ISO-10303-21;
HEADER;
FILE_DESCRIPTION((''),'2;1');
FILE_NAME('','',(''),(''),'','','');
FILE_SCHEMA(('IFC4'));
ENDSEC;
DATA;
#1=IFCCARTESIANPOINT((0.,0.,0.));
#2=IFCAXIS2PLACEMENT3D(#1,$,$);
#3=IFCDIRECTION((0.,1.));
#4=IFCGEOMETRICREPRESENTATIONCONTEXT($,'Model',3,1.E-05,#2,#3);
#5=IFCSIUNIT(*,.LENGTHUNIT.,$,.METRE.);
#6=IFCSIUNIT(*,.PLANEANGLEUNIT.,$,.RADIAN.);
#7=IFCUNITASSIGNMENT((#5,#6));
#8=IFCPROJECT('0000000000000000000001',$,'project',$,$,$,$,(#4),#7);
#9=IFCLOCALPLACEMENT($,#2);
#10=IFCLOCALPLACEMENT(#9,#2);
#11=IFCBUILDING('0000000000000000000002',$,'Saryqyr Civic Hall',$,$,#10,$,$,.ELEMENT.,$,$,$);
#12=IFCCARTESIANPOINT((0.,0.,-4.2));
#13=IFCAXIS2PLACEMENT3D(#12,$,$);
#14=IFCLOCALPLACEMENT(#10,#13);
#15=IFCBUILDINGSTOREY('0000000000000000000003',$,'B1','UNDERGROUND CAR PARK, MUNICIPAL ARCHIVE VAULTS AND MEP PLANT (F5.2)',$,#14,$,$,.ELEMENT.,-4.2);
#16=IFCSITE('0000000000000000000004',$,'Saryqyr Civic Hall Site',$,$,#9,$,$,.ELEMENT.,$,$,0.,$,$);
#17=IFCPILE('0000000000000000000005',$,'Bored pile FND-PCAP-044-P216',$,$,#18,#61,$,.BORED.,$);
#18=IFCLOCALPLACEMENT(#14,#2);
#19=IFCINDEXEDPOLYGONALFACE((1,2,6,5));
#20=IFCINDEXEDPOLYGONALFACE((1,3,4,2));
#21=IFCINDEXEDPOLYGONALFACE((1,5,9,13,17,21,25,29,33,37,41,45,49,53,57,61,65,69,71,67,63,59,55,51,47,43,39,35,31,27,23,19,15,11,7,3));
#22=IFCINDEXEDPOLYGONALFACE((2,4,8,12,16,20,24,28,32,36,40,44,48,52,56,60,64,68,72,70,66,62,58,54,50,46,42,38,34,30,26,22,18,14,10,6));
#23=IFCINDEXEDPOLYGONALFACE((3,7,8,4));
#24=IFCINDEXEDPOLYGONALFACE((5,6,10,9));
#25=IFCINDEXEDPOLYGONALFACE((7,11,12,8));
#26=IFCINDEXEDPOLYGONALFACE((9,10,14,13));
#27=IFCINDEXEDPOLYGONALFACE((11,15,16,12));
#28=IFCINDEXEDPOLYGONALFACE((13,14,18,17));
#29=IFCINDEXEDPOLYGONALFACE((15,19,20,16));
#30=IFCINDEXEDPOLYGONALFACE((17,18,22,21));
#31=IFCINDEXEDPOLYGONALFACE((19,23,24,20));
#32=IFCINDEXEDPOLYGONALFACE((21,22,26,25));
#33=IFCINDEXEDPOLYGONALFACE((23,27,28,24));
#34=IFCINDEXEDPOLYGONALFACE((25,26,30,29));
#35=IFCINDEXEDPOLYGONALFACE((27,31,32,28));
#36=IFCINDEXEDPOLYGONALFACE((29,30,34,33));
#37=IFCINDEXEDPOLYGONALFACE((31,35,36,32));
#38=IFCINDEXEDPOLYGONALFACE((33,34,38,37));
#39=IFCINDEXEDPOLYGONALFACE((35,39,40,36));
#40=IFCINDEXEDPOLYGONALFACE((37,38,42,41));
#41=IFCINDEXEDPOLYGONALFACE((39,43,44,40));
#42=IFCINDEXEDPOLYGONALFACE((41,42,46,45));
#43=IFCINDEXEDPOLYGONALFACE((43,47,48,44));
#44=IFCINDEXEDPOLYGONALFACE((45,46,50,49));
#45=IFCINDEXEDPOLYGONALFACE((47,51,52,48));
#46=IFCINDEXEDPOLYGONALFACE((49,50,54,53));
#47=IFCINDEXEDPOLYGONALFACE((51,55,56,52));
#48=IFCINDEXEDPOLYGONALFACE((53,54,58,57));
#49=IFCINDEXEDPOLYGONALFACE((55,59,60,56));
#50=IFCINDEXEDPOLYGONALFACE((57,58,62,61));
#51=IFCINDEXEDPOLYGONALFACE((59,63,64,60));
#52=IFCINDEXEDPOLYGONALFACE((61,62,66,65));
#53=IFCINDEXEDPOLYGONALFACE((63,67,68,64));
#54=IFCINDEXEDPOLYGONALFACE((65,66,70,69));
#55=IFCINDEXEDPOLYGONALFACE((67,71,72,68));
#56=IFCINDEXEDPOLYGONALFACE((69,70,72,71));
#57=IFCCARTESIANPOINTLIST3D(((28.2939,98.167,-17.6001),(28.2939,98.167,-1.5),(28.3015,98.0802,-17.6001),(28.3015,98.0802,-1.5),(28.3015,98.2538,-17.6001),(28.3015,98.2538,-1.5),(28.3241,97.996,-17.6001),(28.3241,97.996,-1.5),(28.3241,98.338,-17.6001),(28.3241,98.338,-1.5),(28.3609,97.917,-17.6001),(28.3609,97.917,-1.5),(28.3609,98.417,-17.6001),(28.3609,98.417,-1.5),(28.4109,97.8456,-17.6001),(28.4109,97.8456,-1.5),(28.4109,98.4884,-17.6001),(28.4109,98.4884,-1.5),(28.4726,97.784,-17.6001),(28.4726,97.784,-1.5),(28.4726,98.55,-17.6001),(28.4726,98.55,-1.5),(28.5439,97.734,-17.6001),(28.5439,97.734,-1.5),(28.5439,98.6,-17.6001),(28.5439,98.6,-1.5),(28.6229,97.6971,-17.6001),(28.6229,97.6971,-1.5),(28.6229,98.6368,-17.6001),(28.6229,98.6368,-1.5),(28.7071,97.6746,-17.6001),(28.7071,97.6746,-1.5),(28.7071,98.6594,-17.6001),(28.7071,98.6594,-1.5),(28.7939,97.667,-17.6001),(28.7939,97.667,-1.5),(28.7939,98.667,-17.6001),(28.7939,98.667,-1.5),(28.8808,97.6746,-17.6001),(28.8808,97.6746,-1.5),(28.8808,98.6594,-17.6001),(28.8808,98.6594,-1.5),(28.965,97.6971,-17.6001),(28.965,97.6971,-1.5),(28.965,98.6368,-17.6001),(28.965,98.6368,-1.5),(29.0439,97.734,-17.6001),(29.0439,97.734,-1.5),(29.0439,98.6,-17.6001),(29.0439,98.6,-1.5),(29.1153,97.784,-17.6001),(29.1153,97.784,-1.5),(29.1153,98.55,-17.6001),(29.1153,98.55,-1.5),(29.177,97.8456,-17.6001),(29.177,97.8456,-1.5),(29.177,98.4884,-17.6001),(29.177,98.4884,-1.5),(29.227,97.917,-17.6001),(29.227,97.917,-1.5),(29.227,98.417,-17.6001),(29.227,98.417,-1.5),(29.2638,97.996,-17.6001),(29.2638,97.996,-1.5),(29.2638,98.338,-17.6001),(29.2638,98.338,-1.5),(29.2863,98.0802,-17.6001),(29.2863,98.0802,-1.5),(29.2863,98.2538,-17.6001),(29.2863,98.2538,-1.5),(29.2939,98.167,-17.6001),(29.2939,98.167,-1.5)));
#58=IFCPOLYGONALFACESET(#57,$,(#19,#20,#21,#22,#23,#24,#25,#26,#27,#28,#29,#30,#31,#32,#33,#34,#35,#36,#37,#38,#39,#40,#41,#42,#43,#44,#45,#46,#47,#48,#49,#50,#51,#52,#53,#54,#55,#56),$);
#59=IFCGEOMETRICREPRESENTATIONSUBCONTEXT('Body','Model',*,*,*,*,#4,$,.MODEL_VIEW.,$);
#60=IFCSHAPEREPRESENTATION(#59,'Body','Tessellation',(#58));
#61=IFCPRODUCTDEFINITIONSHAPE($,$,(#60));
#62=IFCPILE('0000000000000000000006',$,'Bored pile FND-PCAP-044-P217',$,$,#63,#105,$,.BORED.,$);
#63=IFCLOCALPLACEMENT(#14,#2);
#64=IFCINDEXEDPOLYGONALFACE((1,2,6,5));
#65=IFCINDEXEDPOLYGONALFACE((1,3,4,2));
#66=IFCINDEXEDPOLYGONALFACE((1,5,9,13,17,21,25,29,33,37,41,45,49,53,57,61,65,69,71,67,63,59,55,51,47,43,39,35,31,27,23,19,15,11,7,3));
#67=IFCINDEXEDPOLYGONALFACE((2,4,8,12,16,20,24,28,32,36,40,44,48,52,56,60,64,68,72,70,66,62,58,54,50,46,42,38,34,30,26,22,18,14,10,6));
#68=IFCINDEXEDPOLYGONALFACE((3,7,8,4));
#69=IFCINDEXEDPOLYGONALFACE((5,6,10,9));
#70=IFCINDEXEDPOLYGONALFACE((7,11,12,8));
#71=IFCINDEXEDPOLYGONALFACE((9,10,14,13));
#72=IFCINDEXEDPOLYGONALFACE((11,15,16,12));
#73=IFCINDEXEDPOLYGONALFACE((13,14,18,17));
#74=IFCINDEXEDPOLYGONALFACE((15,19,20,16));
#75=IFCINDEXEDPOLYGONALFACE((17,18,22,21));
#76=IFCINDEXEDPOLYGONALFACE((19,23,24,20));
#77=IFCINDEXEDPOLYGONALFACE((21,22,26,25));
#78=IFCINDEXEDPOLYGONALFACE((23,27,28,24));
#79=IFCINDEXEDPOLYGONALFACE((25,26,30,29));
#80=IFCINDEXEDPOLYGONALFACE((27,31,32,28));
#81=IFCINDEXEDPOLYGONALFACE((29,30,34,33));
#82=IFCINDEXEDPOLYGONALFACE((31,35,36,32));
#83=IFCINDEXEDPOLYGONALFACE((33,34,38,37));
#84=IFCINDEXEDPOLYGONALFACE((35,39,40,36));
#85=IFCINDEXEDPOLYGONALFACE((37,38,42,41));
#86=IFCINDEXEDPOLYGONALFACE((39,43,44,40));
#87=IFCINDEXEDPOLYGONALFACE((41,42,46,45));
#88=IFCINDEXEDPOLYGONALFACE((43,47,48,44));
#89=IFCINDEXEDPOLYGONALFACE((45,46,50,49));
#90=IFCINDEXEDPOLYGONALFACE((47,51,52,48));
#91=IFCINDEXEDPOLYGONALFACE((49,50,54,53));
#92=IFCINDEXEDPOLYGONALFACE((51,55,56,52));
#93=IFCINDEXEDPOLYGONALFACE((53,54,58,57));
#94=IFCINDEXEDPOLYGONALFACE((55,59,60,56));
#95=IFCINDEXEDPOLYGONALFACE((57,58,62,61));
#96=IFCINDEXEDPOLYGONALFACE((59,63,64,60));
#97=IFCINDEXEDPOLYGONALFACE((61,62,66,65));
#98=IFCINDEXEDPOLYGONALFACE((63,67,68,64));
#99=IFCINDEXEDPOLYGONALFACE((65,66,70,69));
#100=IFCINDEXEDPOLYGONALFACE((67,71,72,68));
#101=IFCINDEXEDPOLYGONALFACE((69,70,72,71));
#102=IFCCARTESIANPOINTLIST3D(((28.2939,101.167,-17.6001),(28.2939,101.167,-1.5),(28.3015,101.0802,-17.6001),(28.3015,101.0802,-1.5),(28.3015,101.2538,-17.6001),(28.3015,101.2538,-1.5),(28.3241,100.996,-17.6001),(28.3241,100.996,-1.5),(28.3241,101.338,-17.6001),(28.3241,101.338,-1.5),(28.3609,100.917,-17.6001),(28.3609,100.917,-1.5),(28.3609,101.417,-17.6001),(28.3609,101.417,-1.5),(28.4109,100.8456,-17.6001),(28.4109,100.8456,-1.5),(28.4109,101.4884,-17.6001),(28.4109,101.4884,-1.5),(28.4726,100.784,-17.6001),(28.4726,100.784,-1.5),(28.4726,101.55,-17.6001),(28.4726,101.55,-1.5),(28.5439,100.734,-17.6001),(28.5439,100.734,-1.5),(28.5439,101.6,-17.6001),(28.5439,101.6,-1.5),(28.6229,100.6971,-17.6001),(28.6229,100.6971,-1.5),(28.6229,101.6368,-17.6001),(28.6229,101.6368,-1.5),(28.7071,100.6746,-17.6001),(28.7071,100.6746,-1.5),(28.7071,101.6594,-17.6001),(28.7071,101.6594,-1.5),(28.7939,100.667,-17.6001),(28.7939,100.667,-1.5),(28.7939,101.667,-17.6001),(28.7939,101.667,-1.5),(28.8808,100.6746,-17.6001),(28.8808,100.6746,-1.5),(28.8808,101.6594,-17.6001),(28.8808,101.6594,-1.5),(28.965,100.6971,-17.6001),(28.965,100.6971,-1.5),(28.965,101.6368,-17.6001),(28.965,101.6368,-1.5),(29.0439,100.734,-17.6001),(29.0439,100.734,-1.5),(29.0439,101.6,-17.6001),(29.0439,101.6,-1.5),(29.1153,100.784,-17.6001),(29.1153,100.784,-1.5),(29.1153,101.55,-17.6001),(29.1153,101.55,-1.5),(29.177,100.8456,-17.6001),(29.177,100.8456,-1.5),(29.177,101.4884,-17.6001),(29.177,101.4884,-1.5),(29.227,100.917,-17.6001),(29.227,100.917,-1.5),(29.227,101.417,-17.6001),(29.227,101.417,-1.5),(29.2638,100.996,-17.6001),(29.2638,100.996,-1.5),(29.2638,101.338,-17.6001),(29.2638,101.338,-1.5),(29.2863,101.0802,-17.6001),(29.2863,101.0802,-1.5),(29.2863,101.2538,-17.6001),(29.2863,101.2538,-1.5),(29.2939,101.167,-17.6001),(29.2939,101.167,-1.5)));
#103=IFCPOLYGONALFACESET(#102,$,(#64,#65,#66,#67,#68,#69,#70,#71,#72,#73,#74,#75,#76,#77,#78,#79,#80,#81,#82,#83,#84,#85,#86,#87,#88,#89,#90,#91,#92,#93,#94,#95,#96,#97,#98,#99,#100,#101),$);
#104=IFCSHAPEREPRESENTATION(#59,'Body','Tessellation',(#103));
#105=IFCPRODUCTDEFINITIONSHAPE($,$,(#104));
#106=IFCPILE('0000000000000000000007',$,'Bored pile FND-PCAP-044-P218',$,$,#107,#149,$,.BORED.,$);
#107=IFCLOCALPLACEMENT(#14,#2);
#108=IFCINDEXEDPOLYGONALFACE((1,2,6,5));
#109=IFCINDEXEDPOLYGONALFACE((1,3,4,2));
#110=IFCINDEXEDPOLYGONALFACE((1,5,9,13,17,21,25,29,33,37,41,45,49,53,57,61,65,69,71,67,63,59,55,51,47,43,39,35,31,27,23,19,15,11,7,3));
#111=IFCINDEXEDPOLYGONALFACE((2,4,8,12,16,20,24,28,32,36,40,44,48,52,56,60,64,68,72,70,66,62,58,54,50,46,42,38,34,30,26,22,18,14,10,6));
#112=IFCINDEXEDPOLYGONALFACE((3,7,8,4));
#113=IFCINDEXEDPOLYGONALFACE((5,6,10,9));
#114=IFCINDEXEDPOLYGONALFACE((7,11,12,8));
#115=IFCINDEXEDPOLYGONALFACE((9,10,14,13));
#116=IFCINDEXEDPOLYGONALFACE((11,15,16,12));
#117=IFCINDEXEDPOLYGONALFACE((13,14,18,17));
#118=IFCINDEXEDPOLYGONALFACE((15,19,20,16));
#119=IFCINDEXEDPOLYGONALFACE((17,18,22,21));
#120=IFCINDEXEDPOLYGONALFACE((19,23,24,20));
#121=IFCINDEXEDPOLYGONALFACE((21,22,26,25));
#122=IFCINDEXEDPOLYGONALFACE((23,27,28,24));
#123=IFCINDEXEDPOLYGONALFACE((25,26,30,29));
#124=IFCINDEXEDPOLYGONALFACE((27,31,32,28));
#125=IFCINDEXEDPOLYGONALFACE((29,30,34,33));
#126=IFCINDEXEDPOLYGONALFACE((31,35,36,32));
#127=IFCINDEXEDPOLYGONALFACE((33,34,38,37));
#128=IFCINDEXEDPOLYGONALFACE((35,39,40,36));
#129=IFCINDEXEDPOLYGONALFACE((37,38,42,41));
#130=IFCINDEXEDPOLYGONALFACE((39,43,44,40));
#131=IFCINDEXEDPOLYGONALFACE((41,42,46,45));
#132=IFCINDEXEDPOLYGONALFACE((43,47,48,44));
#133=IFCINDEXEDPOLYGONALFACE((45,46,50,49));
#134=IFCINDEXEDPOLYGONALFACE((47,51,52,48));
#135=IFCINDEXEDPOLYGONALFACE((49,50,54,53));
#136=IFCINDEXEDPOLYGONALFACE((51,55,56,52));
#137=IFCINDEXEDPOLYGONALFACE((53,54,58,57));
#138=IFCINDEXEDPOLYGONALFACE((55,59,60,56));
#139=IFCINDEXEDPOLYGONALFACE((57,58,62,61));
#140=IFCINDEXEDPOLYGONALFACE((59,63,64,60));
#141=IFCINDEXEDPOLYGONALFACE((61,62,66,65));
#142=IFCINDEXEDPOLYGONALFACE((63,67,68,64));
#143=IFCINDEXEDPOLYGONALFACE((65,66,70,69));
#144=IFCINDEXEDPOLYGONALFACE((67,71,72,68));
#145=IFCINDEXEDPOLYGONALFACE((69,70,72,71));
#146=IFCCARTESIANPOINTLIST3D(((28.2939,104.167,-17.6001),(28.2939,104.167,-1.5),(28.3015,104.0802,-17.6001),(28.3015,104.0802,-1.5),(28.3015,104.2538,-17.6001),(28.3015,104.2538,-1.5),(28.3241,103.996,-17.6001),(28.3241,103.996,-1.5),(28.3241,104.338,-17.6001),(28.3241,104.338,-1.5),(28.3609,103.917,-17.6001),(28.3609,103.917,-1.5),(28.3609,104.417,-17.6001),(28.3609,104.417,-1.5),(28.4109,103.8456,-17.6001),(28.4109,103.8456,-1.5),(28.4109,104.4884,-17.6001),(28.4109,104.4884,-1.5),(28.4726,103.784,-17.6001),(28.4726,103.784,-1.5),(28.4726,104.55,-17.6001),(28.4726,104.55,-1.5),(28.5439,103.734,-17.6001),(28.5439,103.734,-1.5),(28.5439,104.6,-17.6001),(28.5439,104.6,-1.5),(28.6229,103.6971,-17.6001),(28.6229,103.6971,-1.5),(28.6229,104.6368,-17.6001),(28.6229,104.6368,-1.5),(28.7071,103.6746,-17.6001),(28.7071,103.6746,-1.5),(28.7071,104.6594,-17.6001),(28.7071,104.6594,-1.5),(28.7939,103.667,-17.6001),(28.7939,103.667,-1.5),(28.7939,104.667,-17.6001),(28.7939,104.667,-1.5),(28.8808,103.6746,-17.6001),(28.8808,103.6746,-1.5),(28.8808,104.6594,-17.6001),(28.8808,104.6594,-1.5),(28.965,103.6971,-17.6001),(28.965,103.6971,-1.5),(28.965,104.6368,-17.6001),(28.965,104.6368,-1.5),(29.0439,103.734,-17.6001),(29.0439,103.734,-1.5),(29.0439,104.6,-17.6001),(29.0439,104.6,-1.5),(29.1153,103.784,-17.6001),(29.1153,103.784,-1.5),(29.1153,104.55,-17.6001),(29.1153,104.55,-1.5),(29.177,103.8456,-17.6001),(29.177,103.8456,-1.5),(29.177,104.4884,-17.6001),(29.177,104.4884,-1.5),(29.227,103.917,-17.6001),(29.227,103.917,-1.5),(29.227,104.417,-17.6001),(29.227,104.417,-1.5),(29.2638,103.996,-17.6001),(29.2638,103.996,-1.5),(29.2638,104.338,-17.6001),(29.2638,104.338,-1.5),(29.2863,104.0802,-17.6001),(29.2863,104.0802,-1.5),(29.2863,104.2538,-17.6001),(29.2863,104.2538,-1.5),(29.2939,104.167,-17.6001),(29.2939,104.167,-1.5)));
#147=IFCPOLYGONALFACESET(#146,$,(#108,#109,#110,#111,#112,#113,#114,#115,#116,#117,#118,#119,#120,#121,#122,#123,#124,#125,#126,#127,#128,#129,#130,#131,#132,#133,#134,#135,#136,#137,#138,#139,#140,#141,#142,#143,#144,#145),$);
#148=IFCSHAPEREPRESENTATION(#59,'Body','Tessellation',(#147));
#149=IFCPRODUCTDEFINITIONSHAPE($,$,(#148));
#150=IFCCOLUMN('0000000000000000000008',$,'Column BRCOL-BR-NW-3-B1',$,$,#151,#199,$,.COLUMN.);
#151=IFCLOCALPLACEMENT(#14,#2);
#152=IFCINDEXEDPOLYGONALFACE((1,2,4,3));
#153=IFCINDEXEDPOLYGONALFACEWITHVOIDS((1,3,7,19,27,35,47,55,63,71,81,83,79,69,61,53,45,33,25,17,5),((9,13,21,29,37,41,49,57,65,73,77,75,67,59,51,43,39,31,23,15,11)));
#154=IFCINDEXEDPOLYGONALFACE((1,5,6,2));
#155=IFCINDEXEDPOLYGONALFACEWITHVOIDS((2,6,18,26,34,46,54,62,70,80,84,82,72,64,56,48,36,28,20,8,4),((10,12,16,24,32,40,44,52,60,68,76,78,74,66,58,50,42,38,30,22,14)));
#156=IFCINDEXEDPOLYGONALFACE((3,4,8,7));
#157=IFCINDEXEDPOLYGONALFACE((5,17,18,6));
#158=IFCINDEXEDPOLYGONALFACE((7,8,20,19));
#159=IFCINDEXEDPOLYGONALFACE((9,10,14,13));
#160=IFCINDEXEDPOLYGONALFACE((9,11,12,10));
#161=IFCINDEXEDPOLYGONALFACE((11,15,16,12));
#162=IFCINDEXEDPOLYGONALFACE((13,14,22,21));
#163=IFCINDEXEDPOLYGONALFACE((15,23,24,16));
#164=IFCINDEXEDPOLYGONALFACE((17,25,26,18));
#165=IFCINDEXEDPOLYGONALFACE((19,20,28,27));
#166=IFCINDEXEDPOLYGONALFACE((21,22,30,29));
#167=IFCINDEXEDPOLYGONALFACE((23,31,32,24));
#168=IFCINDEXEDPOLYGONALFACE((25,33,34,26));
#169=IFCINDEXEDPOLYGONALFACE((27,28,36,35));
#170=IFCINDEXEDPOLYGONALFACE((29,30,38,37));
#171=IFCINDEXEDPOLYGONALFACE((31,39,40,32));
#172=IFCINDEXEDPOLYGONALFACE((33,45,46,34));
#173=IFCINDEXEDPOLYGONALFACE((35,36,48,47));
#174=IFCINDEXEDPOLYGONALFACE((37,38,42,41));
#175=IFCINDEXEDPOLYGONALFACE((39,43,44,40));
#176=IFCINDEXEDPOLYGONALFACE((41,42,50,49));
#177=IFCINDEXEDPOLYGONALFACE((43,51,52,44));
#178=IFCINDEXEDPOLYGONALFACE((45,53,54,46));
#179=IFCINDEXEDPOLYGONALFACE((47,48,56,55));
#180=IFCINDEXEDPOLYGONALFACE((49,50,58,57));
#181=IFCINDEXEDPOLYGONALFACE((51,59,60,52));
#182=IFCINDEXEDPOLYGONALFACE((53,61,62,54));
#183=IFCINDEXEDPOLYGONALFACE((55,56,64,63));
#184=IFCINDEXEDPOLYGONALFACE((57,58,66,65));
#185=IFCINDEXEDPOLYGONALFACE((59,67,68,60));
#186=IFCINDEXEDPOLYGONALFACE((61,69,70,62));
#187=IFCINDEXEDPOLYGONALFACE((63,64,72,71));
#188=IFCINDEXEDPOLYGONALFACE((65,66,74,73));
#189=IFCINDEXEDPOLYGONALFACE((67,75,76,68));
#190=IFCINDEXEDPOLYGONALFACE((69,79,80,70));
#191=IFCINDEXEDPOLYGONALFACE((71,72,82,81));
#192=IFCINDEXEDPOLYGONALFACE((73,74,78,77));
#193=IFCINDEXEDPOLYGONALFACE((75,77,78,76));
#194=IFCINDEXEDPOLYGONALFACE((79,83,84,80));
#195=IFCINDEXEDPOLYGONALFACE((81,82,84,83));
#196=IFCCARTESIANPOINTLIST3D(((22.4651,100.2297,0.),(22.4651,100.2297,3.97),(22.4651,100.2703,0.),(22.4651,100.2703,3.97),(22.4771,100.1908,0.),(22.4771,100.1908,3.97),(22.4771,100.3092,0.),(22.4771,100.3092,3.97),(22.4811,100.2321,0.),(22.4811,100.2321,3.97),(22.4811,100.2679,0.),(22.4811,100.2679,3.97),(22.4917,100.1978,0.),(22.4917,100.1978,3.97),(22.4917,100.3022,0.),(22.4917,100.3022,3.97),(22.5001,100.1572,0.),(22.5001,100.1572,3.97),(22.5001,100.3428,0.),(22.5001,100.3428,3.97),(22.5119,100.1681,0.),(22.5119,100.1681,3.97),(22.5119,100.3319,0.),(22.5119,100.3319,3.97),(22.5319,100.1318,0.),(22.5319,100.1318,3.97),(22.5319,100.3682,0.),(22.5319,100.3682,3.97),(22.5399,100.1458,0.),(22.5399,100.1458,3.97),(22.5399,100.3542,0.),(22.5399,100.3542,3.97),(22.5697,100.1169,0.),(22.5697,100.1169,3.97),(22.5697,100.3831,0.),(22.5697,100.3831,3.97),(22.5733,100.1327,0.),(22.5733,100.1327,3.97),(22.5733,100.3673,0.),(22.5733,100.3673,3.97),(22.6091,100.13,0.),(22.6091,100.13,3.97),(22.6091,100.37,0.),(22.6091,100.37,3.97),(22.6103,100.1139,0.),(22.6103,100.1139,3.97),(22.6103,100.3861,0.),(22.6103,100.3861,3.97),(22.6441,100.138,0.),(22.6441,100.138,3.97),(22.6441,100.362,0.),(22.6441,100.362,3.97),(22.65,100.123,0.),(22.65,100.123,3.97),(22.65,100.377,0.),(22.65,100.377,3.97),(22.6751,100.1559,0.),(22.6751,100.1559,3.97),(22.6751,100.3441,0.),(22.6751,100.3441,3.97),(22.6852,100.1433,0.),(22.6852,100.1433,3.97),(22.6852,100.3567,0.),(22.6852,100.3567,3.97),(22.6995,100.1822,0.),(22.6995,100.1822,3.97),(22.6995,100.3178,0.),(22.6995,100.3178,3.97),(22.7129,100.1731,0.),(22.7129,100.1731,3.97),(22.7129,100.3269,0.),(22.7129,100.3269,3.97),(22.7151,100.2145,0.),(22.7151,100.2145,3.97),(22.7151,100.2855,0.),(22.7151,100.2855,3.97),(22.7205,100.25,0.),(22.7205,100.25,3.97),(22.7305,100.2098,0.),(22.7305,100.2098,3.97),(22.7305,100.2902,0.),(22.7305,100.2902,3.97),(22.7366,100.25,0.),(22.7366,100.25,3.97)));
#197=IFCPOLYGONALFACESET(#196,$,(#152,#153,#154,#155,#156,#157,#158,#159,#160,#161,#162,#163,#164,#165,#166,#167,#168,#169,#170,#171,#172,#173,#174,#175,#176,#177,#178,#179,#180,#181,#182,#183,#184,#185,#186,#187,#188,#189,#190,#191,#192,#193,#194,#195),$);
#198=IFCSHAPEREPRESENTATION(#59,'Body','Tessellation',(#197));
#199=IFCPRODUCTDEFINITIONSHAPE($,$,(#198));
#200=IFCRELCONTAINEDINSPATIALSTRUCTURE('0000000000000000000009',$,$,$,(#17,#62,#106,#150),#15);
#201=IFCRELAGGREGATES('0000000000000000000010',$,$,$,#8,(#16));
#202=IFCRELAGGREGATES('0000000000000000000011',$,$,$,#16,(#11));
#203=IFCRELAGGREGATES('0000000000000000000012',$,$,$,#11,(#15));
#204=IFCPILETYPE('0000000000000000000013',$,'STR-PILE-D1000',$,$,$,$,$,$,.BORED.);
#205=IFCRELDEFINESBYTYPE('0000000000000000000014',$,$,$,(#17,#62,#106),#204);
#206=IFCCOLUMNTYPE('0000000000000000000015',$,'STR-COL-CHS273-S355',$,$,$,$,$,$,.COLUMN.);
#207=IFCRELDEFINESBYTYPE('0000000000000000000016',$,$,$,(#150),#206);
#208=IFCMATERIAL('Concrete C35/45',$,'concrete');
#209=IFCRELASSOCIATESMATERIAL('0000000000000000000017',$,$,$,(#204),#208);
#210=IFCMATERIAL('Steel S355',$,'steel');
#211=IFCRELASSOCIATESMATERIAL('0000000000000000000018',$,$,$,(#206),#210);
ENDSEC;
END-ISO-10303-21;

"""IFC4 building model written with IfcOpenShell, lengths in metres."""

from ifc_helpers import new_model, si_unit, direction, frame, origin, origin_2d, place, context, subcontext, project, spatial, circle, hollow_circle, extrude, material, material_profile, profile_set, type_object, element, save


model = new_model("IFC4")

# Units and contexts
model_context = context("Model", 3, precision=1e-05, world=origin(), true_north=direction((0.0, 1.0)))
body_context = subcontext(model_context, "Body", "Model", "MODEL_VIEW")
ifc_project = project(units=[si_unit("LENGTHUNIT", "METRE"), si_unit("PLANEANGLEUNIT", "RADIAN")], contexts=[model_context])

# Site, building, storey
site_placement = place(None, origin())
site = spatial("IfcSite", under=ifc_project, at=site_placement, Name="Saryqyr Civic Hall Site", CompositionType="ELEMENT", RefElevation=0.0)
building_placement = place(site_placement, origin())
building = spatial("IfcBuilding", under=site, at=building_placement, Name="Saryqyr Civic Hall", CompositionType="ELEMENT")
storey_placement = place(building_placement, frame((0.0, 0.0, -4.2)))
storey = spatial("IfcBuildingStorey", under=building, at=storey_placement, Name="B1", Description="UNDERGROUND CAR PARK, MUNICIPAL ARCHIVE VAULTS AND MEP PLANT (F5.2)", CompositionType="ELEMENT", Elevation=-4.2)

# Piles
ifc_material_1 = material(Name="Concrete C35/45", Category="concrete")
ifc_material_profile_1 = material_profile(ifc_material_1, circle(Radius=0.5, at=origin_2d()), Name="BORED PILE D1000")
ifc_profile_set_1 = profile_set([ifc_material_profile_1], Name="Concrete C35/45")
pile_type = type_object("IfcPileType", Name="STR-PILE-D1000", PredefinedType="BORED", material=ifc_profile_set_1)
for number, where, z_axis, x_axis, name in (
    (1, (28.7939, 98.167, -1.5), (0.0, 0.0, -1.0), (1.0, 0.0, 0.0), "Bored pile FND-PCAP-044-P216"),
    (2, (28.7939, 101.167, -1.5), (0.0, 0.0, -1.0), (1.0, 0.0, 0.0), "Bored pile FND-PCAP-044-P217"),
    (3, (28.7939, 104.167, -1.5), (0.0, 0.0, -1.0), (1.0, 0.0, 0.0), "Bored pile FND-PCAP-044-P218"),
):
    element("IfcPile", number, at=place(storey_placement, frame(where, z_axis=z_axis, x_axis=x_axis)), inside=storey, type_object=pile_type, Name=name, PredefinedType="BORED", context=body_context, shape_type="SweptSolid", body=[
        extrude(circle(Radius=0.5, at=origin_2d()), origin(), (0.0, 0.0, 1.0), 16.1001),
    ])

# Column
ifc_material_2 = material(Name="Steel S355", Category="steel")
ifc_material_profile_2 = material_profile(ifc_material_2, hollow_circle(Radius=0.1365, WallThickness=0.0161, at=origin_2d()), Name="CHS 273x16")
ifc_profile_set_2 = profile_set([ifc_material_profile_2], Name="Steel S355")
column_type_1 = type_object("IfcColumnType", Name="STR-COL-CHS273-S355", PredefinedType="COLUMN", material=ifc_profile_set_2)
column_1_placement = place(storey_placement, frame((22.6001, 100.25, 0.0), z_axis=(0.0, 0.0, 1.0), x_axis=(1.0, 0.0, 0.0)))
element("IfcColumn", 4, at=column_1_placement, inside=storey, type_object=column_type_1, Name="Column BRCOL-BR-NW-3-B1", PredefinedType="COLUMN", context=body_context, shape_type="SweptSolid", body=[
    extrude(hollow_circle(Radius=0.1365, WallThickness=0.0161, at=origin_2d()), origin(), (0.0, 0.0, 1.0), 3.97),
])

save(model, "model.ifc")
